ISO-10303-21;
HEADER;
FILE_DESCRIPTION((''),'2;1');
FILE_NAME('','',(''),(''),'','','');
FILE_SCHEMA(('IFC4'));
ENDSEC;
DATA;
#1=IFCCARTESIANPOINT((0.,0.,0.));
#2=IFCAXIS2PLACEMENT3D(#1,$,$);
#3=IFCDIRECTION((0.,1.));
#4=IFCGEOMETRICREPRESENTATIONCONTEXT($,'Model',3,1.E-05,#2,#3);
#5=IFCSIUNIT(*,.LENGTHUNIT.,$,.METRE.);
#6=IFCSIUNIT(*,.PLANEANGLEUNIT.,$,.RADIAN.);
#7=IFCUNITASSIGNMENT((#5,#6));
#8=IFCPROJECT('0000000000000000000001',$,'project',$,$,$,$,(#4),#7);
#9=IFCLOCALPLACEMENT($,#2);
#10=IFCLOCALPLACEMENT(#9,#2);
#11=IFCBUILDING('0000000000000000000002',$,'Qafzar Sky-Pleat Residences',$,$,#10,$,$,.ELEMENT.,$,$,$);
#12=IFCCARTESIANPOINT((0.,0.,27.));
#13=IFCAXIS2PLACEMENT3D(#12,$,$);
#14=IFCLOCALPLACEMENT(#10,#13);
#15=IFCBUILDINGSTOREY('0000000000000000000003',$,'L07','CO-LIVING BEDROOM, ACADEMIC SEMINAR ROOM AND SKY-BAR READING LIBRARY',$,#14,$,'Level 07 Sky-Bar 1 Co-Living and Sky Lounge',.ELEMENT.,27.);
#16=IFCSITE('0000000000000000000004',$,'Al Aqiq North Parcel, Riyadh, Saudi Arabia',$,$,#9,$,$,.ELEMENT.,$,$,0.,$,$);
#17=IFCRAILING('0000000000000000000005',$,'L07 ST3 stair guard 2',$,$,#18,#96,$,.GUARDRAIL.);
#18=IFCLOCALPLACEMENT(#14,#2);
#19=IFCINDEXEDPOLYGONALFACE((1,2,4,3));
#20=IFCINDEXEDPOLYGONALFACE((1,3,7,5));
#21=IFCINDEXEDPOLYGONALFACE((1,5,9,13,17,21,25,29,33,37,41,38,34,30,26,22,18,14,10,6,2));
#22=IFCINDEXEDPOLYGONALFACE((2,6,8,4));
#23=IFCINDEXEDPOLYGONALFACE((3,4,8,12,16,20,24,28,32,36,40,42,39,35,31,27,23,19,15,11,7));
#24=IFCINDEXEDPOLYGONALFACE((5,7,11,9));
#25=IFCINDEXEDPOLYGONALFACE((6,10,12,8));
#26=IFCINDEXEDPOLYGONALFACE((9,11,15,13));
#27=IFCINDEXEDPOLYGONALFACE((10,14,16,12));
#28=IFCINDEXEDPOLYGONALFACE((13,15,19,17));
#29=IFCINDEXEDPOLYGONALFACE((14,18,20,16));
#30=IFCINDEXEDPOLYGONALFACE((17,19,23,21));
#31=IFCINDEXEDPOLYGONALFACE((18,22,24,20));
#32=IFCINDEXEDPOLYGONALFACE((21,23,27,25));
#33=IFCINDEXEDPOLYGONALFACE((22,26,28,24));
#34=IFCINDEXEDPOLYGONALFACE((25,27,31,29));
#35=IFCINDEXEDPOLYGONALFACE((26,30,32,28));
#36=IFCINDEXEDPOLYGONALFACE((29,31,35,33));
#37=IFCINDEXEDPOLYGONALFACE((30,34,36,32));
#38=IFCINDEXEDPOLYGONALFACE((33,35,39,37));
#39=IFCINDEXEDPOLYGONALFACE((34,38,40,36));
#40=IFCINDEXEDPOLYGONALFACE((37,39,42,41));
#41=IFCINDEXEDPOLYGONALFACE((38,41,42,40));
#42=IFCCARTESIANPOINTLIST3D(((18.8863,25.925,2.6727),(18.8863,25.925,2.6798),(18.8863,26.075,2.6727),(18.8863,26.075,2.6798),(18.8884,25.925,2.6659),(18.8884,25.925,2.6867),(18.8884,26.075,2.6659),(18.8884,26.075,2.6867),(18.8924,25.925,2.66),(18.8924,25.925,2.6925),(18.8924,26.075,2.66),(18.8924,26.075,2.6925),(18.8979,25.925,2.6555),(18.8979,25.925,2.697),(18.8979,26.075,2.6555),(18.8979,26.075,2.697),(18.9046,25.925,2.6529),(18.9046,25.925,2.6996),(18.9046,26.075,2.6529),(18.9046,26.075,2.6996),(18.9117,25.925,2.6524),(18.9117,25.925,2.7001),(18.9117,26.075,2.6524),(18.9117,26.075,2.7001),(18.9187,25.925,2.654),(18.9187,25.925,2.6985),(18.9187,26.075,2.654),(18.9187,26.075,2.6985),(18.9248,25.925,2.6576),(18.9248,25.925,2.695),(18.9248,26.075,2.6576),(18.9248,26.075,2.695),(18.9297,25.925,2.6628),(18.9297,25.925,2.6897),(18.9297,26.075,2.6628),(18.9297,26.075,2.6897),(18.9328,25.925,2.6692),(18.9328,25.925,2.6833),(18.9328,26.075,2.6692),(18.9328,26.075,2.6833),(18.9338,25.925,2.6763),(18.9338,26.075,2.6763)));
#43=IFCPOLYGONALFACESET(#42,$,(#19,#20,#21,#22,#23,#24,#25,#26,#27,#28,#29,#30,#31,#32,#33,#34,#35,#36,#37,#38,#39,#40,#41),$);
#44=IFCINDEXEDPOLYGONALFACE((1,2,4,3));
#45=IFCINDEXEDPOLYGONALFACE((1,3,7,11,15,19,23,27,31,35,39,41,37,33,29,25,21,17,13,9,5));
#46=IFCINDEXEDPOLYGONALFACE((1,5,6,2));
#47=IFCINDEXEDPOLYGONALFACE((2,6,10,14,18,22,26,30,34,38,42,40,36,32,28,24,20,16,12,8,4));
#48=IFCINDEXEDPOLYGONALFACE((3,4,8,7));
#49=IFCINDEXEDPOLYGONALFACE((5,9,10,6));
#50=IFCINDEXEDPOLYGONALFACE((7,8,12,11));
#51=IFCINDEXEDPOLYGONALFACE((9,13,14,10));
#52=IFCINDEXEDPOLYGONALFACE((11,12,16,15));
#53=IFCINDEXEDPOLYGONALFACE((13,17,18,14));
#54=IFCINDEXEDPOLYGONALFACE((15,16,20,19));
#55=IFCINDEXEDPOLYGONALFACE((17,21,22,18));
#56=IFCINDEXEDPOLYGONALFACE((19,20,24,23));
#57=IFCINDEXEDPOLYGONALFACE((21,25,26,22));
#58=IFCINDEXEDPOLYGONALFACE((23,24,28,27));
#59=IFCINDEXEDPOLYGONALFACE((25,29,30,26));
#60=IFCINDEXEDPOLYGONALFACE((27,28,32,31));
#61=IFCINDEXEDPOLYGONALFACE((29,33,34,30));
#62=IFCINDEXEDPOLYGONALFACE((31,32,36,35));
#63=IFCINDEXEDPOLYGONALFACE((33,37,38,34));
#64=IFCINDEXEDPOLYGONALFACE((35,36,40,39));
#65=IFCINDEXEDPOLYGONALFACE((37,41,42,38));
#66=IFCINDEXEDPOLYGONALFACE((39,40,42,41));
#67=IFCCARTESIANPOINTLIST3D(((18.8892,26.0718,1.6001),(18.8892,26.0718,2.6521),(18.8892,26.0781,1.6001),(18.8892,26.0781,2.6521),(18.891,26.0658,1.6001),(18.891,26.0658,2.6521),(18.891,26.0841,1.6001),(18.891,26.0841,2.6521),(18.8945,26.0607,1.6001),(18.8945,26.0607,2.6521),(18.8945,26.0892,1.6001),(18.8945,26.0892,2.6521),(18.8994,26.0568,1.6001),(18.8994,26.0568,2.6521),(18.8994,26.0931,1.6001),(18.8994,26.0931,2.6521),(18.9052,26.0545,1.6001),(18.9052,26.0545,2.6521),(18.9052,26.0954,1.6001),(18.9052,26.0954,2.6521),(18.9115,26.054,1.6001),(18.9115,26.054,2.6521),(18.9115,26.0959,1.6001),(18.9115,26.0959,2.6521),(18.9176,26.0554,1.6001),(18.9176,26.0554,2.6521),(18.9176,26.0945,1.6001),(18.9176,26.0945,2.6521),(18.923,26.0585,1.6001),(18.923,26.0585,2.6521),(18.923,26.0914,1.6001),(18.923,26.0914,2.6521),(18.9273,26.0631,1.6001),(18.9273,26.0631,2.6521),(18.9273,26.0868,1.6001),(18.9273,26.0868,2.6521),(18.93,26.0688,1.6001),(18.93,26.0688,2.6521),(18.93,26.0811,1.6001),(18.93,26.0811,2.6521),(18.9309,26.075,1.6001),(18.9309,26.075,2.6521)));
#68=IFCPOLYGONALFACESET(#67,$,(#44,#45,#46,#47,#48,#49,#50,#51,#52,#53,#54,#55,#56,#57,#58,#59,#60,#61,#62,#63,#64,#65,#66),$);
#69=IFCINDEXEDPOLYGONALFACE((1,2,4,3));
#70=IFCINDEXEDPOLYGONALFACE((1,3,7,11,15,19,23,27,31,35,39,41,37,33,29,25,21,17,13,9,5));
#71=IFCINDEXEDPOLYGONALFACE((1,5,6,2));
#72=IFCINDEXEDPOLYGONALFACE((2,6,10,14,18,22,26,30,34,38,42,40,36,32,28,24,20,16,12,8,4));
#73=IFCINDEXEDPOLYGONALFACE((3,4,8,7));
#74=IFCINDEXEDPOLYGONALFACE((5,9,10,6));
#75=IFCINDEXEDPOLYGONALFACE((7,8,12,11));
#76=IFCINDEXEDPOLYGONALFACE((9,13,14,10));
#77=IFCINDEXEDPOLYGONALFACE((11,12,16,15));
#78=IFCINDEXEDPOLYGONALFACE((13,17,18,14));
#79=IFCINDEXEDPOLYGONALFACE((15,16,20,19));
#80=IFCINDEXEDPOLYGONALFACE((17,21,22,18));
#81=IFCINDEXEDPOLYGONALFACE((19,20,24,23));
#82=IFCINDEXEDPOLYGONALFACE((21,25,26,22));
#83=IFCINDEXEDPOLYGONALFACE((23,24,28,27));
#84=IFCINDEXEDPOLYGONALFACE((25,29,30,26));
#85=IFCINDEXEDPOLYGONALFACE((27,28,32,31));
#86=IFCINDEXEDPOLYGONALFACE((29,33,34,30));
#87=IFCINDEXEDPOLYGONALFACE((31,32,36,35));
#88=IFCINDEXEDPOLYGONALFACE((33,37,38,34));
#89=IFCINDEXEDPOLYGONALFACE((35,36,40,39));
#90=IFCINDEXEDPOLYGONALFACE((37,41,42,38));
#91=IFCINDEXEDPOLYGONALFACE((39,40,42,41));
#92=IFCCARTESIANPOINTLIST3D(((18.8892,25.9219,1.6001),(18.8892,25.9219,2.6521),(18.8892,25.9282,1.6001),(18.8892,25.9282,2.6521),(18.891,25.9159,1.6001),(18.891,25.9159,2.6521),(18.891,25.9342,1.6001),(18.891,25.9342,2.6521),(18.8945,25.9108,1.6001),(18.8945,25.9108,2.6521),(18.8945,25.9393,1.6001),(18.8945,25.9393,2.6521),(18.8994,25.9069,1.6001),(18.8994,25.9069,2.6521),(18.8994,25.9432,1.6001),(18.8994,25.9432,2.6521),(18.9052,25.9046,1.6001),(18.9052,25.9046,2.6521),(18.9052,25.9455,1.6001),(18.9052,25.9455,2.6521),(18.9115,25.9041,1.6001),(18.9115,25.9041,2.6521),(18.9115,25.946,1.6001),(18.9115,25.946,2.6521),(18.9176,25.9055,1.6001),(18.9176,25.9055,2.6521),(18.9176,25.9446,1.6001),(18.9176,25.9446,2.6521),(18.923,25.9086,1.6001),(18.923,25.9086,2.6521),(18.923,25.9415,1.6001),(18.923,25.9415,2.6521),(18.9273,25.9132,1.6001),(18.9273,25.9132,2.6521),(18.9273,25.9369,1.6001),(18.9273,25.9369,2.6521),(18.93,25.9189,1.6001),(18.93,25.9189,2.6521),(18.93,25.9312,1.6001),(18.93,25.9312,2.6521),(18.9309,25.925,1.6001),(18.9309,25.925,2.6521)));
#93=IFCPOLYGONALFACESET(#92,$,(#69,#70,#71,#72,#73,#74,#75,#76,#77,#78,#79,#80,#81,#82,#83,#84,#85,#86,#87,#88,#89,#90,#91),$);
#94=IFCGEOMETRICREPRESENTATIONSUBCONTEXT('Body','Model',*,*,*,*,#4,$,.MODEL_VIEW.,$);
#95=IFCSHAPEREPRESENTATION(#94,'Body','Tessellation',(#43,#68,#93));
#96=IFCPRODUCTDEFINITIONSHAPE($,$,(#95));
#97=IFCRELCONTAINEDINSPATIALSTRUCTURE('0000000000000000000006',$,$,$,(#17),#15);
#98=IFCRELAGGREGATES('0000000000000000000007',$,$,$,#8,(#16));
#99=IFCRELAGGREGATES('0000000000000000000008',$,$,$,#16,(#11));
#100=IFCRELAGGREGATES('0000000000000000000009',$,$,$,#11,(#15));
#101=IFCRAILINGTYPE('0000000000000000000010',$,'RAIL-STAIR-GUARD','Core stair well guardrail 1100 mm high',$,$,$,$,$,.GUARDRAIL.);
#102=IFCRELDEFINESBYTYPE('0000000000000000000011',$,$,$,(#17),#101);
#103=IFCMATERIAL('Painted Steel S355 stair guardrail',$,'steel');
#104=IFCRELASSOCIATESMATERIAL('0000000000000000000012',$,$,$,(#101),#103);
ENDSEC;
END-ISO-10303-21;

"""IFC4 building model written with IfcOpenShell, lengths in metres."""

from ifc_helpers import new_model, si_unit, direction, frame, origin, origin_2d, place, context, subcontext, project, spatial, circle, extrude, source, transform, mapped, material, type_object, element, save


model = new_model("IFC4")

# Units and contexts
model_context = context("Model", 3, precision=1e-05, world=origin(), true_north=direction((0.0, 1.0)))
body_context = subcontext(model_context, "Body", "Model", "MODEL_VIEW")
ifc_project = project(units=[si_unit("LENGTHUNIT", "METRE"), si_unit("PLANEANGLEUNIT", "RADIAN")], contexts=[model_context])

# Site, building, storey
site_placement = place(None, origin())
site = spatial("IfcSite", under=ifc_project, at=site_placement, Name="Al Aqiq North Parcel, Riyadh, Saudi Arabia", CompositionType="ELEMENT", RefElevation=0.0)
building_placement = place(site_placement, origin())
building = spatial("IfcBuilding", under=site, at=building_placement, Name="Qafzar Sky-Pleat Residences", CompositionType="ELEMENT")
storey_placement = place(building_placement, frame((0.0, 0.0, 27.0)))
storey = spatial("IfcBuildingStorey", under=building, at=storey_placement, Name="L07", Description="CO-LIVING BEDROOM, ACADEMIC SEMINAR ROOM AND SKY-BAR READING LIBRARY", LongName="Level 07 Sky-Bar 1 Co-Living and Sky Lounge", CompositionType="ELEMENT", Elevation=27.0)

# Railing
ifc_material_1 = material(Name="Painted Steel S355 stair guardrail", Category="steel")
railing_type_1 = type_object("IfcRailingType", Name="RAIL-STAIR-GUARD", Description="Core stair well guardrail 1100 mm high", PredefinedType="GUARDRAIL", material=ifc_material_1)
shared_shape_1 = source(origin(), body_context, "Body", "SweptSolid", [
    extrude(circle(Radius=0.0239, at=origin_2d()), frame((0.0, 0.0, 1.0762), z_axis=(0.0, -1.0, 0.0), x_axis=(1.0, 0.0, 0.0)), (0.0, 0.0, 1.0), 0.1499),
    extrude(circle(Radius=0.021, at=origin_2d()), origin(), (0.0, 0.0, 1.0), 1.052),
    extrude(circle(Radius=0.021, at=origin_2d()), frame((0.0, -0.1499, 0.0)), (0.0, 0.0, 1.0), 1.052),
])
railing_1_placement = place(storey_placement, frame((18.9099, 26.075, 1.6001)))
element("IfcRailing", 1, at=railing_1_placement, inside=storey, type_object=railing_type_1, Name="L07 ST3 stair guard 2", PredefinedType="GUARDRAIL", context=body_context, shape_type="MappedRepresentation", body=[
    mapped(shared_shape_1, transform((0.0, 0.0, 0.0), x_axis=(1.0, 0.0, 0.0), y_axis=(0.0, 1.0, 0.0), z_axis=(0.0, 0.0, 1.0), scale=1.0)),
])

save(model, "model.ifc")
